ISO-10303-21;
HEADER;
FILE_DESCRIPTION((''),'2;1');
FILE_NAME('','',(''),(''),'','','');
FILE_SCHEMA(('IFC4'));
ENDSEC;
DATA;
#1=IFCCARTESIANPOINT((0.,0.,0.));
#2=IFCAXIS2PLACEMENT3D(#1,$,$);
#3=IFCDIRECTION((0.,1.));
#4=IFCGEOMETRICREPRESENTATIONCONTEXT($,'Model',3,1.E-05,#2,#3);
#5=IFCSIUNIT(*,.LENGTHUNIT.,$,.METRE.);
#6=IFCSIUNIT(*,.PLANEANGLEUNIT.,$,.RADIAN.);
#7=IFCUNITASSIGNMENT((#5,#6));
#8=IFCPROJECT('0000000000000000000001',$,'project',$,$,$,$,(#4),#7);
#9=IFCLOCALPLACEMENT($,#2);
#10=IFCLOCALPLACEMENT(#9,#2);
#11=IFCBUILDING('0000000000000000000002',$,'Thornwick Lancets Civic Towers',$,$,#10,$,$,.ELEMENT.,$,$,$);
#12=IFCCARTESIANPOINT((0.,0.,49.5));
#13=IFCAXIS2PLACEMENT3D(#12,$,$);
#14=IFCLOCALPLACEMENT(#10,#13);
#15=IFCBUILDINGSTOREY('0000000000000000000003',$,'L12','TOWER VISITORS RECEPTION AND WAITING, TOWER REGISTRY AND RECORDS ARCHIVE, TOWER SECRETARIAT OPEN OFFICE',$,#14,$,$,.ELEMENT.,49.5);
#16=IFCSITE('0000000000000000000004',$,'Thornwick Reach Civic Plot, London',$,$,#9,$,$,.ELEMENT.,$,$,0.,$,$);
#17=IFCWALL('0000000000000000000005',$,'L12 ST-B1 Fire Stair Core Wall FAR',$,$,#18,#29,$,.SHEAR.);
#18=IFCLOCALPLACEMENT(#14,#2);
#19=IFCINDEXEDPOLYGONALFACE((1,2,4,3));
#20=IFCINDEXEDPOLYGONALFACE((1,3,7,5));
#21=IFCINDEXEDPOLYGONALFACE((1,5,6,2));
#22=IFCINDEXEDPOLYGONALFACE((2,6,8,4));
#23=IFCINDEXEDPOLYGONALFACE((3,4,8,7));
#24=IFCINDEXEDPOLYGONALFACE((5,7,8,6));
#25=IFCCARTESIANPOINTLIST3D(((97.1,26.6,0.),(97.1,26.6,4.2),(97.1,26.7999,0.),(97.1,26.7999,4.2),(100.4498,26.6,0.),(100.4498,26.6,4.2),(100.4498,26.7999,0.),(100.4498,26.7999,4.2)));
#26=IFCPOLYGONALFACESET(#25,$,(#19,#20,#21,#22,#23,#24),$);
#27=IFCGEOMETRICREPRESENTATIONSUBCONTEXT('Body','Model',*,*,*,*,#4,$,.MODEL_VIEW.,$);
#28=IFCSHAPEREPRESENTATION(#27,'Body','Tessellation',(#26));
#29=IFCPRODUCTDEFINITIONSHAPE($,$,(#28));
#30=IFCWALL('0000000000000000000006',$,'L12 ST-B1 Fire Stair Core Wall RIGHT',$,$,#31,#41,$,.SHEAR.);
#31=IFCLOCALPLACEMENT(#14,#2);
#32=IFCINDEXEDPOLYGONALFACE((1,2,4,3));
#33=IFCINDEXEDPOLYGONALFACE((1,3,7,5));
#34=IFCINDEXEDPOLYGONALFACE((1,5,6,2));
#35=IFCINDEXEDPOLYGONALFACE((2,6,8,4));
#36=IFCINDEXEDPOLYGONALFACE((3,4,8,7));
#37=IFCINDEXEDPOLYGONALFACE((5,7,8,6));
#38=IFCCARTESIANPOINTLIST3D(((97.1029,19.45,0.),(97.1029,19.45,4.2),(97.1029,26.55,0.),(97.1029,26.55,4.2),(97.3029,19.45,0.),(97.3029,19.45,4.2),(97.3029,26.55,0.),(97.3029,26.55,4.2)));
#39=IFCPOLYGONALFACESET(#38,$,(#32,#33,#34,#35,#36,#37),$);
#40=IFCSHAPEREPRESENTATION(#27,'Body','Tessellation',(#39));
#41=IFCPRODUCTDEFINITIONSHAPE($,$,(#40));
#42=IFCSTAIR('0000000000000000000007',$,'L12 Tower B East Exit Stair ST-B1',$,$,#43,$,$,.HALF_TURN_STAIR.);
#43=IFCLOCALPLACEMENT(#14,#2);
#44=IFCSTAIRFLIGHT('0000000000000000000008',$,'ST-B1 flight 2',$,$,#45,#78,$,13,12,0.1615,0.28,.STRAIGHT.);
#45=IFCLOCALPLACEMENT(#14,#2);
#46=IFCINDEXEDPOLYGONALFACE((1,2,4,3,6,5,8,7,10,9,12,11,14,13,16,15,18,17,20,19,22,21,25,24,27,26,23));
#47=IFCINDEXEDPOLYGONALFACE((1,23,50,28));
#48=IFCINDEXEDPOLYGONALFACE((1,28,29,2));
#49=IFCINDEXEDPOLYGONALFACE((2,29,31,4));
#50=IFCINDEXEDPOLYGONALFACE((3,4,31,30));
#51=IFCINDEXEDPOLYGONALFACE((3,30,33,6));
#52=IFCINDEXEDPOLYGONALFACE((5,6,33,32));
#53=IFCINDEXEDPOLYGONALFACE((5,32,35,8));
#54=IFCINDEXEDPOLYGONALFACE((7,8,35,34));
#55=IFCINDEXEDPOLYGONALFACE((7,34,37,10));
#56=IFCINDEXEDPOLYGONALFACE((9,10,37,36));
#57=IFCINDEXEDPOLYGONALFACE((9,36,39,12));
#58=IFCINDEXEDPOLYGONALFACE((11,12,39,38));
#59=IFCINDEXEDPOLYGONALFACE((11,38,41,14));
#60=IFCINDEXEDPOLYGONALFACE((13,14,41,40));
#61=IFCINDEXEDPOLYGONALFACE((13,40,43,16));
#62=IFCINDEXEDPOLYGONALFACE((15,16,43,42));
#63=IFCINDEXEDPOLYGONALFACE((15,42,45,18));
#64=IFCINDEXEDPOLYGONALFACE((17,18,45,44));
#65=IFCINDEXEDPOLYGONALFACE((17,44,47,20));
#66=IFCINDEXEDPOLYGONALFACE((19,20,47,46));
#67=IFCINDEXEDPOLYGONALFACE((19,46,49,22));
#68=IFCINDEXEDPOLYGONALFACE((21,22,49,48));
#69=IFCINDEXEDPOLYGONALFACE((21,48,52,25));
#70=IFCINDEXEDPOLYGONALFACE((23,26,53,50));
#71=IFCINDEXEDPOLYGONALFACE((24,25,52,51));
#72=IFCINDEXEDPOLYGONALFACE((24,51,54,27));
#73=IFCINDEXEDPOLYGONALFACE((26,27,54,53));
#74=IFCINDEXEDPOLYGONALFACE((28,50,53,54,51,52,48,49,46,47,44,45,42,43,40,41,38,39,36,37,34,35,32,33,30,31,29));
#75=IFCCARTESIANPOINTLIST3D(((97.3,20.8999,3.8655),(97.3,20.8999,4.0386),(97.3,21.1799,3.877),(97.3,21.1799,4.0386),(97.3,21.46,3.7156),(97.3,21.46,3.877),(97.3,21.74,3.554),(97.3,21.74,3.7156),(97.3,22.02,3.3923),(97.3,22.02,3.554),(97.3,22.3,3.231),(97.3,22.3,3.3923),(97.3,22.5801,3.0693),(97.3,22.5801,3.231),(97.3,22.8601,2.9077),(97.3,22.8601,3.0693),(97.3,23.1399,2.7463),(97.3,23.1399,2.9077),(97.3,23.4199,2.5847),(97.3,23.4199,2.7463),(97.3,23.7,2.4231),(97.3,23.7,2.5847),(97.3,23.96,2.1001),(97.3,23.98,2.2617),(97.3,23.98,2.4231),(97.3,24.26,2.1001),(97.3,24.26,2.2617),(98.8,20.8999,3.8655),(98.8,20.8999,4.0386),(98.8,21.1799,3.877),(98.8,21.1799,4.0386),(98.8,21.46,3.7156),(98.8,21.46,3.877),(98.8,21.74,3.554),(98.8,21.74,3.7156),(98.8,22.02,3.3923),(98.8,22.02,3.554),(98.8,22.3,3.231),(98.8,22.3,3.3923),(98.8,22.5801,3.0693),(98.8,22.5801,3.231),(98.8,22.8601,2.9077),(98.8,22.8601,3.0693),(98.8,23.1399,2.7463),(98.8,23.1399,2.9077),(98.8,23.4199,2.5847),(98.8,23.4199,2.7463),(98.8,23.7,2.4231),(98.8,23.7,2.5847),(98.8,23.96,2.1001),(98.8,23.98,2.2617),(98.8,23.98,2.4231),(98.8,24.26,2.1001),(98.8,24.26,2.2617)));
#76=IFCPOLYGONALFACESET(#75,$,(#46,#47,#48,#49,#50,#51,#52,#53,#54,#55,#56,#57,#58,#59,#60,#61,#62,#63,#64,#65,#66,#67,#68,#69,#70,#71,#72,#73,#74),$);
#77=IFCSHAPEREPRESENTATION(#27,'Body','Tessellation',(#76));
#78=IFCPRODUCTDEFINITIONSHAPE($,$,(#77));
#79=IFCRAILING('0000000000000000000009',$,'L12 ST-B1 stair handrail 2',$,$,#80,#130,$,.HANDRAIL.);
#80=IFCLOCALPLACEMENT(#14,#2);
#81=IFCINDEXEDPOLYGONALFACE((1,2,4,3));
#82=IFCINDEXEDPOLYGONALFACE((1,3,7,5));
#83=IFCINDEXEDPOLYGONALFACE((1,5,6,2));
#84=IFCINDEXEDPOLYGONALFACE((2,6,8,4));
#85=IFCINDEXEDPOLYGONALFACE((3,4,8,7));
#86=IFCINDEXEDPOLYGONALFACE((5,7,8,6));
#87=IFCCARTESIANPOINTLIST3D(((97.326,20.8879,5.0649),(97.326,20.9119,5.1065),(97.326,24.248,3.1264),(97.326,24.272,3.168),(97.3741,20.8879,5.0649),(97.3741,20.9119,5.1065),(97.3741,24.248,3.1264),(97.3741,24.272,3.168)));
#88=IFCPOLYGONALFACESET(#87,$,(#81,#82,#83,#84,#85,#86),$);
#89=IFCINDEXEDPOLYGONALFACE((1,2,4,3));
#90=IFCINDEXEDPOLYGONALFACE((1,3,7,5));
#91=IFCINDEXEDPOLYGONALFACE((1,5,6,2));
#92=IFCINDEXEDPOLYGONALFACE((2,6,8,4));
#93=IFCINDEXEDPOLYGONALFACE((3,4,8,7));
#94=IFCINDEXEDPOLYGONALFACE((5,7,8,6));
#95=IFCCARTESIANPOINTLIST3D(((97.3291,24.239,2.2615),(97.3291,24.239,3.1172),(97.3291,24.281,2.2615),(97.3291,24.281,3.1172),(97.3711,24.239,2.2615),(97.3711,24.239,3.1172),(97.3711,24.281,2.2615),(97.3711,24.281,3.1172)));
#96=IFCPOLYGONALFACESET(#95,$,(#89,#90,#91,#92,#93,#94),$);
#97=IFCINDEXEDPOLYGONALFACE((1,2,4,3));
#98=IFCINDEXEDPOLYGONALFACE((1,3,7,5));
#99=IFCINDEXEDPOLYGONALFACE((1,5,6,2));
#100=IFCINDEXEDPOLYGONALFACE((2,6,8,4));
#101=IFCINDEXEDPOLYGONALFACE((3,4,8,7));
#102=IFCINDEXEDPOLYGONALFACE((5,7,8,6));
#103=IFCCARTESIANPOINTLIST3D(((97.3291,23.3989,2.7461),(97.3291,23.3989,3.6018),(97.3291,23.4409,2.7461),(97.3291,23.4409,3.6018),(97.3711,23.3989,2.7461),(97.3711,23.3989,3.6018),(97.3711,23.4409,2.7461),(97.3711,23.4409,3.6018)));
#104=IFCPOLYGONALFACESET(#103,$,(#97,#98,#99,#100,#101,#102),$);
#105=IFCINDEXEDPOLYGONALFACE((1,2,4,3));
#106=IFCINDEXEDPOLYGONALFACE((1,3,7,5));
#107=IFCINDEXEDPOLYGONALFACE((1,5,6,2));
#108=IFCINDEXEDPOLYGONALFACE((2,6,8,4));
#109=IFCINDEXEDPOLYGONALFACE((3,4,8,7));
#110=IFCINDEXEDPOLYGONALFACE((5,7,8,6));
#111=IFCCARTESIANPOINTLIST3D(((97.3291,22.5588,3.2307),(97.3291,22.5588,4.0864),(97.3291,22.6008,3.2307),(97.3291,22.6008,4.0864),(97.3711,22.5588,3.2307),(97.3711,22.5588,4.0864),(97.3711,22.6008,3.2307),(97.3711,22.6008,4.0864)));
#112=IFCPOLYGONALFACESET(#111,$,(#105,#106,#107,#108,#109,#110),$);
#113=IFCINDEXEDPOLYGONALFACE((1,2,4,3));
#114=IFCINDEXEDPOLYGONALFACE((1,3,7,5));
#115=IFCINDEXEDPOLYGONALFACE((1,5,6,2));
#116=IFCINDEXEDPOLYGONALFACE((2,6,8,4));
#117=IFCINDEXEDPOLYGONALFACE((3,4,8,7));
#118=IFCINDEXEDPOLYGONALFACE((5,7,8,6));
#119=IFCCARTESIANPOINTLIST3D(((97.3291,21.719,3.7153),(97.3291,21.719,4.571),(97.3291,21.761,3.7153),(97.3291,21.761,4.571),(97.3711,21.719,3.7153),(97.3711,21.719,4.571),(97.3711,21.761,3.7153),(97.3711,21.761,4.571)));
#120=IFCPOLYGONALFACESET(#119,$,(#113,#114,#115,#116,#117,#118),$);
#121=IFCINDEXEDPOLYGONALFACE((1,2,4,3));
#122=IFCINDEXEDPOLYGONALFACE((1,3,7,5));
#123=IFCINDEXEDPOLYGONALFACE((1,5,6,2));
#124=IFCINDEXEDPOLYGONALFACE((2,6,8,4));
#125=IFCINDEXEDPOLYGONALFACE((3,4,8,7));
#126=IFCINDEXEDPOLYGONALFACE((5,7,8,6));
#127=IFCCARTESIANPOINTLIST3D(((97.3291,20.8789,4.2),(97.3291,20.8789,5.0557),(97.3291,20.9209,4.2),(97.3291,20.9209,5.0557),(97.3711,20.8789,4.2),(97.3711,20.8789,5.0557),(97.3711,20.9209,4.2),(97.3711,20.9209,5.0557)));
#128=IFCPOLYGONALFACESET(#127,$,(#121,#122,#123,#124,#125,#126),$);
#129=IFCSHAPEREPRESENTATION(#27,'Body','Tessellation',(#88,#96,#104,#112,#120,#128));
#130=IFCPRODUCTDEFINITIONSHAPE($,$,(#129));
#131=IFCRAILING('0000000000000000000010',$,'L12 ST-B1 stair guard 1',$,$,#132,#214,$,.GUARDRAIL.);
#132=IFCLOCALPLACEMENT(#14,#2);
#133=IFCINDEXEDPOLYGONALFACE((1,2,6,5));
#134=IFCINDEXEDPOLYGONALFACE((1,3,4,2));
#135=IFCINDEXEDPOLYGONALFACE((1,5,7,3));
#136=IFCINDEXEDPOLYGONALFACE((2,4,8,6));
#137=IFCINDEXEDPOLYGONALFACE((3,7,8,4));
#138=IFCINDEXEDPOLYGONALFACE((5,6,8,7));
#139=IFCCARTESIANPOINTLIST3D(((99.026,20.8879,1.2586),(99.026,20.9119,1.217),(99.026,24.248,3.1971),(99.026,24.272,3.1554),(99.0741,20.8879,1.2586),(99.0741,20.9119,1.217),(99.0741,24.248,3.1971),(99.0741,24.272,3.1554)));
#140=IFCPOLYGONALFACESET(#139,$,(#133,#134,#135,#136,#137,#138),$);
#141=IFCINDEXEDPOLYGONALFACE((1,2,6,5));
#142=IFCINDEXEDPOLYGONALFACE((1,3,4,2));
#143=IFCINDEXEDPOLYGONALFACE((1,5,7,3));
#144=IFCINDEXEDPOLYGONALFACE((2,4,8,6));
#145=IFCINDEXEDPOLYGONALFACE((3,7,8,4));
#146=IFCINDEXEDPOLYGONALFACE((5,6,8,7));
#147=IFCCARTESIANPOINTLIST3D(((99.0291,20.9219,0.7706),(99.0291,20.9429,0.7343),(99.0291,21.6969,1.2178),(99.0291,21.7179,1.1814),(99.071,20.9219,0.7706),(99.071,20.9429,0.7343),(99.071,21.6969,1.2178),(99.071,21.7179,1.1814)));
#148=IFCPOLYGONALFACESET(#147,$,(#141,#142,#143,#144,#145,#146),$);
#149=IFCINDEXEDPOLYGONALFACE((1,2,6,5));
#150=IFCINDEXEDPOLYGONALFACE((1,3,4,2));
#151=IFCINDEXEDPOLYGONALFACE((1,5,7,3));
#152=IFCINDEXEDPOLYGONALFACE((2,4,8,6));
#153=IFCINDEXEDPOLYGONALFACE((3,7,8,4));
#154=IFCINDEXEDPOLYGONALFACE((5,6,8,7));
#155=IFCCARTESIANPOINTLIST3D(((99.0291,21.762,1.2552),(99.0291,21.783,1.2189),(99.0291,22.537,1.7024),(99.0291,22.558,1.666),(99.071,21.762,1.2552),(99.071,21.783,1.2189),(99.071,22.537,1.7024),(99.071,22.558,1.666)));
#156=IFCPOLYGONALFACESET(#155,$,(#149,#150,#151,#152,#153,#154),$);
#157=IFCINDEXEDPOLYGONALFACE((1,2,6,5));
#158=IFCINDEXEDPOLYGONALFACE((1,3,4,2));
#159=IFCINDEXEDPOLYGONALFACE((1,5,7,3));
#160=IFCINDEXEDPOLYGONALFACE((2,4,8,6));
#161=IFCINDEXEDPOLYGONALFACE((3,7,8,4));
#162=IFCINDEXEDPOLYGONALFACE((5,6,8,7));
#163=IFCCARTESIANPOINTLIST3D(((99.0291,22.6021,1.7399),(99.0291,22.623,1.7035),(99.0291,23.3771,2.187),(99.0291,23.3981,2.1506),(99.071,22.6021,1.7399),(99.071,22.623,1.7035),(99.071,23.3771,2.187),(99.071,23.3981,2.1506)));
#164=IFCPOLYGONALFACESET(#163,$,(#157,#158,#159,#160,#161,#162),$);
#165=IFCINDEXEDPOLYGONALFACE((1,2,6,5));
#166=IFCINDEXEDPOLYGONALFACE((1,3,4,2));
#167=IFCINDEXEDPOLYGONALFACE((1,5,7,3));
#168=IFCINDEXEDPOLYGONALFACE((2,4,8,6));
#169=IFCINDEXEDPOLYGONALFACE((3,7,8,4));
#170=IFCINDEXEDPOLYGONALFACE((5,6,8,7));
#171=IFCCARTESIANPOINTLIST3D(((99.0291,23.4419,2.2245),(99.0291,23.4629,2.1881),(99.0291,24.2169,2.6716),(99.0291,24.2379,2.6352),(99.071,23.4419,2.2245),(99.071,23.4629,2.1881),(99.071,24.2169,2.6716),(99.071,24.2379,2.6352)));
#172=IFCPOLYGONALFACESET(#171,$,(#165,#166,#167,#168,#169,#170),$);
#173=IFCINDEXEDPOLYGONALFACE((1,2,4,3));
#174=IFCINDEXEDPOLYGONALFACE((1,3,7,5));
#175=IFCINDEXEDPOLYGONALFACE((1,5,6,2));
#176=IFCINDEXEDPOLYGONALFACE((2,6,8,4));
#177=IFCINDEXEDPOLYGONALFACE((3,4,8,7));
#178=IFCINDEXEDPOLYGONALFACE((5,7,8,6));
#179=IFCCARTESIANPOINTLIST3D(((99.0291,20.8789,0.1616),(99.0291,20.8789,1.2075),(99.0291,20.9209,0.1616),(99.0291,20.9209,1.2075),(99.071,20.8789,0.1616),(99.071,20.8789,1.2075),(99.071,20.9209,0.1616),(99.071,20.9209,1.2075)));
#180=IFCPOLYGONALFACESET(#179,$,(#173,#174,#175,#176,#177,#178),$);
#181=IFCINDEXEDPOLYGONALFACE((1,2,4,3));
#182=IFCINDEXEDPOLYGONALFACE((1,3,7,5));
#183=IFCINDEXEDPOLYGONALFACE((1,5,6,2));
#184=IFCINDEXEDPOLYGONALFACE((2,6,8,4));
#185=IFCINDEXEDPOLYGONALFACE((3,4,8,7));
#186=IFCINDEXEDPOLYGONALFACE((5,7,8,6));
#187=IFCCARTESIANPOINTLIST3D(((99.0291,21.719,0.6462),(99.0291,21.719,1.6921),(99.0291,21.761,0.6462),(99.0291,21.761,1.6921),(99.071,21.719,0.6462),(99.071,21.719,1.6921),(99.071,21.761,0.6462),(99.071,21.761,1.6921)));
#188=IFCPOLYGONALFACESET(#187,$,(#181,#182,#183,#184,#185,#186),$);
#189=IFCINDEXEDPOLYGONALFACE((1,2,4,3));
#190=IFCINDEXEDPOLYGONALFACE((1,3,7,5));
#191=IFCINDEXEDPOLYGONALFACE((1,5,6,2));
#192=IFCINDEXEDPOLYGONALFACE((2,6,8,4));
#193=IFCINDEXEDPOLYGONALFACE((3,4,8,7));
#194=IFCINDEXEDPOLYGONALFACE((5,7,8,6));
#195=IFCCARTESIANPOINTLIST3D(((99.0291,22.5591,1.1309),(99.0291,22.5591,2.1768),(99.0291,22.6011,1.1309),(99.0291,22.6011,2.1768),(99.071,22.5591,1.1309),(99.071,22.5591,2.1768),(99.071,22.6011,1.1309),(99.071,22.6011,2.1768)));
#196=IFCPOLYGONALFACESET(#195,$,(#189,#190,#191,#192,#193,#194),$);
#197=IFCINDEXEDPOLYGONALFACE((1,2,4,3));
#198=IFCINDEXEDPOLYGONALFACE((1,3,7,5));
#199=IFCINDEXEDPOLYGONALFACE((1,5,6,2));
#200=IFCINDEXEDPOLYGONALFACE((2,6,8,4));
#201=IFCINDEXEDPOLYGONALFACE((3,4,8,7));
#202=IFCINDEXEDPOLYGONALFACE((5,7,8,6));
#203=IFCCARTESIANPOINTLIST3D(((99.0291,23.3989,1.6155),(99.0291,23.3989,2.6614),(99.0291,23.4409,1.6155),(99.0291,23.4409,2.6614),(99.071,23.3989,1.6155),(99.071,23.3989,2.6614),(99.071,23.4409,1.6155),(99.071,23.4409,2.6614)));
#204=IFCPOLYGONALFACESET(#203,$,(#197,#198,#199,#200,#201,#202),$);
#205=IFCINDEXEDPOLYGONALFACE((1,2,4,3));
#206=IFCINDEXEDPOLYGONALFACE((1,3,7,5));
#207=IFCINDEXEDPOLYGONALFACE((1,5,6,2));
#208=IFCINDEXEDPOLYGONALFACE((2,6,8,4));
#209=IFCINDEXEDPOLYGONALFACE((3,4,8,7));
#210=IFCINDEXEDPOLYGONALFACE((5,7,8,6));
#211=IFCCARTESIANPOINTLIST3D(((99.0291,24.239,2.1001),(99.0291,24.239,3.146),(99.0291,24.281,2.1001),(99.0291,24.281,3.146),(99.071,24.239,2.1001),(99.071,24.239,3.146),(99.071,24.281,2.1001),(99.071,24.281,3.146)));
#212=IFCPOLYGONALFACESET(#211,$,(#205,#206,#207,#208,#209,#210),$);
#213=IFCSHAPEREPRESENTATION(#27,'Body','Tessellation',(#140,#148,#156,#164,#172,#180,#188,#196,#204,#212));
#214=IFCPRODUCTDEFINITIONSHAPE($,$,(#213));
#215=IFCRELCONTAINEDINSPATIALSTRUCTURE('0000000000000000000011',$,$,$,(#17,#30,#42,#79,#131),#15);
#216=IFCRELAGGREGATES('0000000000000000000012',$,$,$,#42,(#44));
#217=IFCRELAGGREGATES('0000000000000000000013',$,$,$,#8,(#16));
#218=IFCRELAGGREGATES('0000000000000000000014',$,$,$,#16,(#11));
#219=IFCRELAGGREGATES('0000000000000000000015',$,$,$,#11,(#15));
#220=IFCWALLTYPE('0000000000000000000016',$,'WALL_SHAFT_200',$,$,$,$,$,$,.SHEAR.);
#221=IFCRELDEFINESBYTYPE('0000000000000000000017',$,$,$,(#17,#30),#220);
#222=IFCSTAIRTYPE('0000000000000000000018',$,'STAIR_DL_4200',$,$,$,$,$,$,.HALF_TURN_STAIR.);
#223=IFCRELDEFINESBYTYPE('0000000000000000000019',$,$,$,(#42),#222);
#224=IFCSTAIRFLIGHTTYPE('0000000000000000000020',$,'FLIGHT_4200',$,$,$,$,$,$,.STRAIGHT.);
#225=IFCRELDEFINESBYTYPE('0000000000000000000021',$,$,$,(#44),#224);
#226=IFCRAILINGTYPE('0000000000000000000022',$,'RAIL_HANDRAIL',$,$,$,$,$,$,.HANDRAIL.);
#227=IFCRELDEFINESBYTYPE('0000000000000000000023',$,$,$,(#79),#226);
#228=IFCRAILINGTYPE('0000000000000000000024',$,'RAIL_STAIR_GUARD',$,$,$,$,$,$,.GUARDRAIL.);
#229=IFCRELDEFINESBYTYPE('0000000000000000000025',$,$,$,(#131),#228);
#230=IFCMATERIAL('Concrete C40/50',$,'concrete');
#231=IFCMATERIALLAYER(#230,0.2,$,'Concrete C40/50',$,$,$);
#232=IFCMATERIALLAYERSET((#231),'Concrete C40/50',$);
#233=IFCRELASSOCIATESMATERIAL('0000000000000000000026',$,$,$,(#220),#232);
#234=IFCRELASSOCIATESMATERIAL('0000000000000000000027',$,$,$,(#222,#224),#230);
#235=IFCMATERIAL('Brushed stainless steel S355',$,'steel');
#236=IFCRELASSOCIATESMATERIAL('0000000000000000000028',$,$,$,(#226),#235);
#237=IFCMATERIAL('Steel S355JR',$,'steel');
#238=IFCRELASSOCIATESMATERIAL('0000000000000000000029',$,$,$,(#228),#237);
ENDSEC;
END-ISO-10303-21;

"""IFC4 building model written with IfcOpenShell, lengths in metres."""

from ifc_helpers import new_model, si_unit, direction, frame, frame_2d, origin, origin_2d, place, context, subcontext, project, spatial, polyline, rectangle, outline, extrude, material, layer, layer_set, type_object, element, aggregate, save


model = new_model("IFC4")

# Units and contexts
model_context = context("Model", 3, precision=1e-05, world=origin(), true_north=direction((0.0, 1.0)))
body_context = subcontext(model_context, "Body", "Model", "MODEL_VIEW")
ifc_project = project(units=[si_unit("LENGTHUNIT", "METRE"), si_unit("PLANEANGLEUNIT", "RADIAN")], contexts=[model_context])

# Site, building, storey
site_placement = place(None, origin())
site = spatial("IfcSite", under=ifc_project, at=site_placement, Name="Thornwick Reach Civic Plot, London", CompositionType="ELEMENT", RefElevation=0.0)
building_placement = place(site_placement, origin())
building = spatial("IfcBuilding", under=site, at=building_placement, Name="Thornwick Lancets Civic Towers", CompositionType="ELEMENT")
storey_placement = place(building_placement, frame((0.0, 0.0, 49.5)))
storey = spatial("IfcBuildingStorey", under=building, at=storey_placement, Name="L12", Description="TOWER VISITORS RECEPTION AND WAITING, TOWER REGISTRY AND RECORDS ARCHIVE, TOWER SECRETARIAT OPEN OFFICE", CompositionType="ELEMENT", Elevation=49.5)

# Shared definitions
ifc_material_1 = material(Name="Steel S355JR", Category="steel")

# Walls
ifc_material_2 = material(Name="Concrete C40/50", Category="concrete")
ifc_layer_1 = layer(ifc_material_2, 0.2, Name="Concrete C40/50")
ifc_layer_set_1 = layer_set([ifc_layer_1], Name="Concrete C40/50")
wall_type_1 = type_object("IfcWallType", Name="WALL_SHAFT_200", PredefinedType="SHEAR", material=ifc_layer_set_1)
wall_1_placement = place(storey_placement, frame((97.1001, 26.7, 0.0), z_axis=(0.0, 0.0, 1.0), x_axis=(1.0, 0.0, 0.0)))
element("IfcWall", 1, at=wall_1_placement, inside=storey, type_object=wall_type_1, Name="L12 ST-B1 Fire Stair Core Wall FAR", PredefinedType="SHEAR", context=body_context, shape_type="SweptSolid", body=[
    extrude(rectangle(XDim=3.3499, YDim=0.2, at=frame_2d((1.6748, 0.0))), origin(), (0.0, 0.0, 1.0), 4.2),
])
wall_2_placement = place(storey_placement, frame((97.2029, 26.55, 0.0), z_axis=(0.0, 0.0, 1.0), x_axis=(0.0, -1.0, 0.0)))
element("IfcWall", 2, at=wall_2_placement, inside=storey, type_object=wall_type_1, Name="L12 ST-B1 Fire Stair Core Wall RIGHT", PredefinedType="SHEAR", context=body_context, shape_type="SweptSolid", body=[
    extrude(rectangle(XDim=7.1001, YDim=0.2, at=frame_2d((3.55, 0.0))), origin(), (0.0, 0.0, 1.0), 4.2),
])

# Stair, stair flight
stair_type = type_object("IfcStairType", Name="STAIR_DL_4200", PredefinedType="HALF_TURN_STAIR", material=ifc_material_2)
stair_placement = place(storey_placement, origin())
stair = element("IfcStair", 3, at=stair_placement, inside=storey, type_object=stair_type, Name="L12 Tower B East Exit Stair ST-B1", PredefinedType="HALF_TURN_STAIR")
stair_flight_type = type_object("IfcStairFlightType", Name="FLIGHT_4200", PredefinedType="STRAIGHT", material=ifc_material_2)
stair_flight_placement = place(storey_placement, frame((98.05, 24.26, 2.1001), z_axis=(0.0, 0.0, 1.0), x_axis=(0.0, -1.0, 0.0)))
stair_flight = element("IfcStairFlight", 4, at=stair_flight_placement, type_object=stair_flight_type, Name="ST-B1 flight 2", NumberOfRisers=13, NumberOfTreads=12, PredefinedType="STRAIGHT", RiserHeight=0.1615, TreadLength=0.28, context=body_context, shape_type="SweptSolid", body=[
    extrude(outline(polyline([(0.0, 0.0), (0.0, 0.1616), (0.28, 0.1616), (0.28, 0.323), (0.5601, 0.323), (0.5601, 0.4846), (0.8401, 0.4846), (0.8401, 0.6462), (1.1201, 0.6462), (1.1201, 0.8076), (1.3999, 0.8076), (1.3999, 0.9692), (1.6799, 0.9692), (1.6799, 1.1309), (1.96, 1.1309), (1.96, 1.2922), (2.24, 1.2922), (2.24, 1.4539), (2.52, 1.4539), (2.52, 1.6155), (2.8, 1.6155), (2.8, 1.7769), (3.0801, 1.7769), (3.0801, 1.9385), (3.3601, 1.9385), (3.3601, 2.1001), (3.3601, 1.7654), (0.3, 0.0), (0.0, 0.0)])), frame((0.0, 0.75, 0.0), z_axis=(0.0, -1.0, 0.0), x_axis=(1.0, 0.0, 0.0)), (0.0, 0.0, 1.0), 1.5),
])
aggregate(stair, [stair_flight])

# Railings
ifc_material_3 = material(Name="Brushed stainless steel S355", Category="steel")
railing_type_1 = type_object("IfcRailingType", Name="RAIL_HANDRAIL", PredefinedType="HANDRAIL", material=ifc_material_3)
railing_1_placement = place(storey_placement, frame((97.3501, 24.26, 2.2615)))
element("IfcRailing", 5, at=railing_1_placement, inside=storey, type_object=railing_type_1, Name="L12 ST-B1 stair handrail 2", PredefinedType="HANDRAIL", context=body_context, shape_type="SweptSolid", body=[
    extrude(rectangle(XDim=0.0481, YDim=0.0481, at=origin_2d()), frame((0.0, 0.0, 0.8857), z_axis=(0.0, -0.866191, 0.499713), x_axis=(1.0, 0.0, 0.0)), (0.0, 0.0, 1.0), 3.8792),
    extrude(rectangle(XDim=0.042, YDim=0.042, at=origin_2d()), origin(), (0.0, 0.0, 1.0), 0.8557),
    extrude(rectangle(XDim=0.042, YDim=0.042, at=origin_2d()), frame((0.0, -0.8401, 0.4846)), (0.0, 0.0, 1.0), 0.8557),
    extrude(rectangle(XDim=0.042, YDim=0.042, at=origin_2d()), frame((0.0, -1.6802, 0.9692)), (0.0, 0.0, 1.0), 0.8557),
    extrude(rectangle(XDim=0.042, YDim=0.042, at=origin_2d()), frame((0.0, -2.52, 1.4539)), (0.0, 0.0, 1.0), 0.8557),
    extrude(rectangle(XDim=0.042, YDim=0.042, at=origin_2d()), frame((0.0, -3.3601, 1.9385)), (0.0, 0.0, 1.0), 0.8557),
])
railing_type_2 = type_object("IfcRailingType", Name="RAIL_STAIR_GUARD", PredefinedType="GUARDRAIL", material=ifc_material_1)
railing_2_placement = place(storey_placement, frame((99.05, 20.8999, 0.1616)))
element("IfcRailing", 6, at=railing_2_placement, inside=storey, type_object=railing_type_2, Name="L12 ST-B1 stair guard 1", PredefinedType="GUARDRAIL", context=body_context, shape_type="SweptSolid", body=[
    extrude(rectangle(XDim=0.0481, YDim=0.0481, at=origin_2d()), frame((0.0, 0.0, 1.0762), z_axis=(0.0, 0.866191, 0.499713), x_axis=(-1.0, 0.0, 0.0)), (0.0, 0.0, 1.0), 3.8792),
    extrude(rectangle(XDim=0.042, YDim=0.042, at=origin_2d()), frame((0.0, 0.0325, 0.5908), z_axis=(0.0, 0.866191, 0.499713), x_axis=(-1.0, 0.0, 0.0)), (0.0, 0.0, 1.0), 0.8948),
    extrude(rectangle(XDim=0.042, YDim=0.042, at=origin_2d()), frame((0.0, 0.8726, 1.0754), z_axis=(0.0, 0.866191, 0.499713), x_axis=(-1.0, 0.0, 0.0)), (0.0, 0.0, 1.0), 0.8948),
    extrude(rectangle(XDim=0.042, YDim=0.042, at=origin_2d()), frame((0.0, 1.7126, 1.5601), z_axis=(0.0, 0.866191, 0.499713), x_axis=(-1.0, 0.0, 0.0)), (0.0, 0.0, 1.0), 0.8948),
    extrude(rectangle(XDim=0.042, YDim=0.042, at=origin_2d()), frame((0.0, 2.5525, 2.0447), z_axis=(0.0, 0.866191, 0.499713), x_axis=(-1.0, 0.0, 0.0)), (0.0, 0.0, 1.0), 0.8948),
    extrude(rectangle(XDim=0.042, YDim=0.042, at=origin_2d()), origin(), (0.0, 0.0, 1.0), 1.0459),
    extrude(rectangle(XDim=0.042, YDim=0.042, at=origin_2d()), frame((0.0, 0.8401, 0.4846)), (0.0, 0.0, 1.0), 1.0459),
    extrude(rectangle(XDim=0.042, YDim=0.042, at=origin_2d()), frame((0.0, 1.6802, 0.9692)), (0.0, 0.0, 1.0), 1.0459),
    extrude(rectangle(XDim=0.042, YDim=0.042, at=origin_2d()), frame((0.0, 2.52, 1.4539)), (0.0, 0.0, 1.0), 1.0459),
    extrude(rectangle(XDim=0.042, YDim=0.042, at=origin_2d()), frame((0.0, 3.3601, 1.9385)), (0.0, 0.0, 1.0), 1.0459),
])

save(model, "model.ifc")
